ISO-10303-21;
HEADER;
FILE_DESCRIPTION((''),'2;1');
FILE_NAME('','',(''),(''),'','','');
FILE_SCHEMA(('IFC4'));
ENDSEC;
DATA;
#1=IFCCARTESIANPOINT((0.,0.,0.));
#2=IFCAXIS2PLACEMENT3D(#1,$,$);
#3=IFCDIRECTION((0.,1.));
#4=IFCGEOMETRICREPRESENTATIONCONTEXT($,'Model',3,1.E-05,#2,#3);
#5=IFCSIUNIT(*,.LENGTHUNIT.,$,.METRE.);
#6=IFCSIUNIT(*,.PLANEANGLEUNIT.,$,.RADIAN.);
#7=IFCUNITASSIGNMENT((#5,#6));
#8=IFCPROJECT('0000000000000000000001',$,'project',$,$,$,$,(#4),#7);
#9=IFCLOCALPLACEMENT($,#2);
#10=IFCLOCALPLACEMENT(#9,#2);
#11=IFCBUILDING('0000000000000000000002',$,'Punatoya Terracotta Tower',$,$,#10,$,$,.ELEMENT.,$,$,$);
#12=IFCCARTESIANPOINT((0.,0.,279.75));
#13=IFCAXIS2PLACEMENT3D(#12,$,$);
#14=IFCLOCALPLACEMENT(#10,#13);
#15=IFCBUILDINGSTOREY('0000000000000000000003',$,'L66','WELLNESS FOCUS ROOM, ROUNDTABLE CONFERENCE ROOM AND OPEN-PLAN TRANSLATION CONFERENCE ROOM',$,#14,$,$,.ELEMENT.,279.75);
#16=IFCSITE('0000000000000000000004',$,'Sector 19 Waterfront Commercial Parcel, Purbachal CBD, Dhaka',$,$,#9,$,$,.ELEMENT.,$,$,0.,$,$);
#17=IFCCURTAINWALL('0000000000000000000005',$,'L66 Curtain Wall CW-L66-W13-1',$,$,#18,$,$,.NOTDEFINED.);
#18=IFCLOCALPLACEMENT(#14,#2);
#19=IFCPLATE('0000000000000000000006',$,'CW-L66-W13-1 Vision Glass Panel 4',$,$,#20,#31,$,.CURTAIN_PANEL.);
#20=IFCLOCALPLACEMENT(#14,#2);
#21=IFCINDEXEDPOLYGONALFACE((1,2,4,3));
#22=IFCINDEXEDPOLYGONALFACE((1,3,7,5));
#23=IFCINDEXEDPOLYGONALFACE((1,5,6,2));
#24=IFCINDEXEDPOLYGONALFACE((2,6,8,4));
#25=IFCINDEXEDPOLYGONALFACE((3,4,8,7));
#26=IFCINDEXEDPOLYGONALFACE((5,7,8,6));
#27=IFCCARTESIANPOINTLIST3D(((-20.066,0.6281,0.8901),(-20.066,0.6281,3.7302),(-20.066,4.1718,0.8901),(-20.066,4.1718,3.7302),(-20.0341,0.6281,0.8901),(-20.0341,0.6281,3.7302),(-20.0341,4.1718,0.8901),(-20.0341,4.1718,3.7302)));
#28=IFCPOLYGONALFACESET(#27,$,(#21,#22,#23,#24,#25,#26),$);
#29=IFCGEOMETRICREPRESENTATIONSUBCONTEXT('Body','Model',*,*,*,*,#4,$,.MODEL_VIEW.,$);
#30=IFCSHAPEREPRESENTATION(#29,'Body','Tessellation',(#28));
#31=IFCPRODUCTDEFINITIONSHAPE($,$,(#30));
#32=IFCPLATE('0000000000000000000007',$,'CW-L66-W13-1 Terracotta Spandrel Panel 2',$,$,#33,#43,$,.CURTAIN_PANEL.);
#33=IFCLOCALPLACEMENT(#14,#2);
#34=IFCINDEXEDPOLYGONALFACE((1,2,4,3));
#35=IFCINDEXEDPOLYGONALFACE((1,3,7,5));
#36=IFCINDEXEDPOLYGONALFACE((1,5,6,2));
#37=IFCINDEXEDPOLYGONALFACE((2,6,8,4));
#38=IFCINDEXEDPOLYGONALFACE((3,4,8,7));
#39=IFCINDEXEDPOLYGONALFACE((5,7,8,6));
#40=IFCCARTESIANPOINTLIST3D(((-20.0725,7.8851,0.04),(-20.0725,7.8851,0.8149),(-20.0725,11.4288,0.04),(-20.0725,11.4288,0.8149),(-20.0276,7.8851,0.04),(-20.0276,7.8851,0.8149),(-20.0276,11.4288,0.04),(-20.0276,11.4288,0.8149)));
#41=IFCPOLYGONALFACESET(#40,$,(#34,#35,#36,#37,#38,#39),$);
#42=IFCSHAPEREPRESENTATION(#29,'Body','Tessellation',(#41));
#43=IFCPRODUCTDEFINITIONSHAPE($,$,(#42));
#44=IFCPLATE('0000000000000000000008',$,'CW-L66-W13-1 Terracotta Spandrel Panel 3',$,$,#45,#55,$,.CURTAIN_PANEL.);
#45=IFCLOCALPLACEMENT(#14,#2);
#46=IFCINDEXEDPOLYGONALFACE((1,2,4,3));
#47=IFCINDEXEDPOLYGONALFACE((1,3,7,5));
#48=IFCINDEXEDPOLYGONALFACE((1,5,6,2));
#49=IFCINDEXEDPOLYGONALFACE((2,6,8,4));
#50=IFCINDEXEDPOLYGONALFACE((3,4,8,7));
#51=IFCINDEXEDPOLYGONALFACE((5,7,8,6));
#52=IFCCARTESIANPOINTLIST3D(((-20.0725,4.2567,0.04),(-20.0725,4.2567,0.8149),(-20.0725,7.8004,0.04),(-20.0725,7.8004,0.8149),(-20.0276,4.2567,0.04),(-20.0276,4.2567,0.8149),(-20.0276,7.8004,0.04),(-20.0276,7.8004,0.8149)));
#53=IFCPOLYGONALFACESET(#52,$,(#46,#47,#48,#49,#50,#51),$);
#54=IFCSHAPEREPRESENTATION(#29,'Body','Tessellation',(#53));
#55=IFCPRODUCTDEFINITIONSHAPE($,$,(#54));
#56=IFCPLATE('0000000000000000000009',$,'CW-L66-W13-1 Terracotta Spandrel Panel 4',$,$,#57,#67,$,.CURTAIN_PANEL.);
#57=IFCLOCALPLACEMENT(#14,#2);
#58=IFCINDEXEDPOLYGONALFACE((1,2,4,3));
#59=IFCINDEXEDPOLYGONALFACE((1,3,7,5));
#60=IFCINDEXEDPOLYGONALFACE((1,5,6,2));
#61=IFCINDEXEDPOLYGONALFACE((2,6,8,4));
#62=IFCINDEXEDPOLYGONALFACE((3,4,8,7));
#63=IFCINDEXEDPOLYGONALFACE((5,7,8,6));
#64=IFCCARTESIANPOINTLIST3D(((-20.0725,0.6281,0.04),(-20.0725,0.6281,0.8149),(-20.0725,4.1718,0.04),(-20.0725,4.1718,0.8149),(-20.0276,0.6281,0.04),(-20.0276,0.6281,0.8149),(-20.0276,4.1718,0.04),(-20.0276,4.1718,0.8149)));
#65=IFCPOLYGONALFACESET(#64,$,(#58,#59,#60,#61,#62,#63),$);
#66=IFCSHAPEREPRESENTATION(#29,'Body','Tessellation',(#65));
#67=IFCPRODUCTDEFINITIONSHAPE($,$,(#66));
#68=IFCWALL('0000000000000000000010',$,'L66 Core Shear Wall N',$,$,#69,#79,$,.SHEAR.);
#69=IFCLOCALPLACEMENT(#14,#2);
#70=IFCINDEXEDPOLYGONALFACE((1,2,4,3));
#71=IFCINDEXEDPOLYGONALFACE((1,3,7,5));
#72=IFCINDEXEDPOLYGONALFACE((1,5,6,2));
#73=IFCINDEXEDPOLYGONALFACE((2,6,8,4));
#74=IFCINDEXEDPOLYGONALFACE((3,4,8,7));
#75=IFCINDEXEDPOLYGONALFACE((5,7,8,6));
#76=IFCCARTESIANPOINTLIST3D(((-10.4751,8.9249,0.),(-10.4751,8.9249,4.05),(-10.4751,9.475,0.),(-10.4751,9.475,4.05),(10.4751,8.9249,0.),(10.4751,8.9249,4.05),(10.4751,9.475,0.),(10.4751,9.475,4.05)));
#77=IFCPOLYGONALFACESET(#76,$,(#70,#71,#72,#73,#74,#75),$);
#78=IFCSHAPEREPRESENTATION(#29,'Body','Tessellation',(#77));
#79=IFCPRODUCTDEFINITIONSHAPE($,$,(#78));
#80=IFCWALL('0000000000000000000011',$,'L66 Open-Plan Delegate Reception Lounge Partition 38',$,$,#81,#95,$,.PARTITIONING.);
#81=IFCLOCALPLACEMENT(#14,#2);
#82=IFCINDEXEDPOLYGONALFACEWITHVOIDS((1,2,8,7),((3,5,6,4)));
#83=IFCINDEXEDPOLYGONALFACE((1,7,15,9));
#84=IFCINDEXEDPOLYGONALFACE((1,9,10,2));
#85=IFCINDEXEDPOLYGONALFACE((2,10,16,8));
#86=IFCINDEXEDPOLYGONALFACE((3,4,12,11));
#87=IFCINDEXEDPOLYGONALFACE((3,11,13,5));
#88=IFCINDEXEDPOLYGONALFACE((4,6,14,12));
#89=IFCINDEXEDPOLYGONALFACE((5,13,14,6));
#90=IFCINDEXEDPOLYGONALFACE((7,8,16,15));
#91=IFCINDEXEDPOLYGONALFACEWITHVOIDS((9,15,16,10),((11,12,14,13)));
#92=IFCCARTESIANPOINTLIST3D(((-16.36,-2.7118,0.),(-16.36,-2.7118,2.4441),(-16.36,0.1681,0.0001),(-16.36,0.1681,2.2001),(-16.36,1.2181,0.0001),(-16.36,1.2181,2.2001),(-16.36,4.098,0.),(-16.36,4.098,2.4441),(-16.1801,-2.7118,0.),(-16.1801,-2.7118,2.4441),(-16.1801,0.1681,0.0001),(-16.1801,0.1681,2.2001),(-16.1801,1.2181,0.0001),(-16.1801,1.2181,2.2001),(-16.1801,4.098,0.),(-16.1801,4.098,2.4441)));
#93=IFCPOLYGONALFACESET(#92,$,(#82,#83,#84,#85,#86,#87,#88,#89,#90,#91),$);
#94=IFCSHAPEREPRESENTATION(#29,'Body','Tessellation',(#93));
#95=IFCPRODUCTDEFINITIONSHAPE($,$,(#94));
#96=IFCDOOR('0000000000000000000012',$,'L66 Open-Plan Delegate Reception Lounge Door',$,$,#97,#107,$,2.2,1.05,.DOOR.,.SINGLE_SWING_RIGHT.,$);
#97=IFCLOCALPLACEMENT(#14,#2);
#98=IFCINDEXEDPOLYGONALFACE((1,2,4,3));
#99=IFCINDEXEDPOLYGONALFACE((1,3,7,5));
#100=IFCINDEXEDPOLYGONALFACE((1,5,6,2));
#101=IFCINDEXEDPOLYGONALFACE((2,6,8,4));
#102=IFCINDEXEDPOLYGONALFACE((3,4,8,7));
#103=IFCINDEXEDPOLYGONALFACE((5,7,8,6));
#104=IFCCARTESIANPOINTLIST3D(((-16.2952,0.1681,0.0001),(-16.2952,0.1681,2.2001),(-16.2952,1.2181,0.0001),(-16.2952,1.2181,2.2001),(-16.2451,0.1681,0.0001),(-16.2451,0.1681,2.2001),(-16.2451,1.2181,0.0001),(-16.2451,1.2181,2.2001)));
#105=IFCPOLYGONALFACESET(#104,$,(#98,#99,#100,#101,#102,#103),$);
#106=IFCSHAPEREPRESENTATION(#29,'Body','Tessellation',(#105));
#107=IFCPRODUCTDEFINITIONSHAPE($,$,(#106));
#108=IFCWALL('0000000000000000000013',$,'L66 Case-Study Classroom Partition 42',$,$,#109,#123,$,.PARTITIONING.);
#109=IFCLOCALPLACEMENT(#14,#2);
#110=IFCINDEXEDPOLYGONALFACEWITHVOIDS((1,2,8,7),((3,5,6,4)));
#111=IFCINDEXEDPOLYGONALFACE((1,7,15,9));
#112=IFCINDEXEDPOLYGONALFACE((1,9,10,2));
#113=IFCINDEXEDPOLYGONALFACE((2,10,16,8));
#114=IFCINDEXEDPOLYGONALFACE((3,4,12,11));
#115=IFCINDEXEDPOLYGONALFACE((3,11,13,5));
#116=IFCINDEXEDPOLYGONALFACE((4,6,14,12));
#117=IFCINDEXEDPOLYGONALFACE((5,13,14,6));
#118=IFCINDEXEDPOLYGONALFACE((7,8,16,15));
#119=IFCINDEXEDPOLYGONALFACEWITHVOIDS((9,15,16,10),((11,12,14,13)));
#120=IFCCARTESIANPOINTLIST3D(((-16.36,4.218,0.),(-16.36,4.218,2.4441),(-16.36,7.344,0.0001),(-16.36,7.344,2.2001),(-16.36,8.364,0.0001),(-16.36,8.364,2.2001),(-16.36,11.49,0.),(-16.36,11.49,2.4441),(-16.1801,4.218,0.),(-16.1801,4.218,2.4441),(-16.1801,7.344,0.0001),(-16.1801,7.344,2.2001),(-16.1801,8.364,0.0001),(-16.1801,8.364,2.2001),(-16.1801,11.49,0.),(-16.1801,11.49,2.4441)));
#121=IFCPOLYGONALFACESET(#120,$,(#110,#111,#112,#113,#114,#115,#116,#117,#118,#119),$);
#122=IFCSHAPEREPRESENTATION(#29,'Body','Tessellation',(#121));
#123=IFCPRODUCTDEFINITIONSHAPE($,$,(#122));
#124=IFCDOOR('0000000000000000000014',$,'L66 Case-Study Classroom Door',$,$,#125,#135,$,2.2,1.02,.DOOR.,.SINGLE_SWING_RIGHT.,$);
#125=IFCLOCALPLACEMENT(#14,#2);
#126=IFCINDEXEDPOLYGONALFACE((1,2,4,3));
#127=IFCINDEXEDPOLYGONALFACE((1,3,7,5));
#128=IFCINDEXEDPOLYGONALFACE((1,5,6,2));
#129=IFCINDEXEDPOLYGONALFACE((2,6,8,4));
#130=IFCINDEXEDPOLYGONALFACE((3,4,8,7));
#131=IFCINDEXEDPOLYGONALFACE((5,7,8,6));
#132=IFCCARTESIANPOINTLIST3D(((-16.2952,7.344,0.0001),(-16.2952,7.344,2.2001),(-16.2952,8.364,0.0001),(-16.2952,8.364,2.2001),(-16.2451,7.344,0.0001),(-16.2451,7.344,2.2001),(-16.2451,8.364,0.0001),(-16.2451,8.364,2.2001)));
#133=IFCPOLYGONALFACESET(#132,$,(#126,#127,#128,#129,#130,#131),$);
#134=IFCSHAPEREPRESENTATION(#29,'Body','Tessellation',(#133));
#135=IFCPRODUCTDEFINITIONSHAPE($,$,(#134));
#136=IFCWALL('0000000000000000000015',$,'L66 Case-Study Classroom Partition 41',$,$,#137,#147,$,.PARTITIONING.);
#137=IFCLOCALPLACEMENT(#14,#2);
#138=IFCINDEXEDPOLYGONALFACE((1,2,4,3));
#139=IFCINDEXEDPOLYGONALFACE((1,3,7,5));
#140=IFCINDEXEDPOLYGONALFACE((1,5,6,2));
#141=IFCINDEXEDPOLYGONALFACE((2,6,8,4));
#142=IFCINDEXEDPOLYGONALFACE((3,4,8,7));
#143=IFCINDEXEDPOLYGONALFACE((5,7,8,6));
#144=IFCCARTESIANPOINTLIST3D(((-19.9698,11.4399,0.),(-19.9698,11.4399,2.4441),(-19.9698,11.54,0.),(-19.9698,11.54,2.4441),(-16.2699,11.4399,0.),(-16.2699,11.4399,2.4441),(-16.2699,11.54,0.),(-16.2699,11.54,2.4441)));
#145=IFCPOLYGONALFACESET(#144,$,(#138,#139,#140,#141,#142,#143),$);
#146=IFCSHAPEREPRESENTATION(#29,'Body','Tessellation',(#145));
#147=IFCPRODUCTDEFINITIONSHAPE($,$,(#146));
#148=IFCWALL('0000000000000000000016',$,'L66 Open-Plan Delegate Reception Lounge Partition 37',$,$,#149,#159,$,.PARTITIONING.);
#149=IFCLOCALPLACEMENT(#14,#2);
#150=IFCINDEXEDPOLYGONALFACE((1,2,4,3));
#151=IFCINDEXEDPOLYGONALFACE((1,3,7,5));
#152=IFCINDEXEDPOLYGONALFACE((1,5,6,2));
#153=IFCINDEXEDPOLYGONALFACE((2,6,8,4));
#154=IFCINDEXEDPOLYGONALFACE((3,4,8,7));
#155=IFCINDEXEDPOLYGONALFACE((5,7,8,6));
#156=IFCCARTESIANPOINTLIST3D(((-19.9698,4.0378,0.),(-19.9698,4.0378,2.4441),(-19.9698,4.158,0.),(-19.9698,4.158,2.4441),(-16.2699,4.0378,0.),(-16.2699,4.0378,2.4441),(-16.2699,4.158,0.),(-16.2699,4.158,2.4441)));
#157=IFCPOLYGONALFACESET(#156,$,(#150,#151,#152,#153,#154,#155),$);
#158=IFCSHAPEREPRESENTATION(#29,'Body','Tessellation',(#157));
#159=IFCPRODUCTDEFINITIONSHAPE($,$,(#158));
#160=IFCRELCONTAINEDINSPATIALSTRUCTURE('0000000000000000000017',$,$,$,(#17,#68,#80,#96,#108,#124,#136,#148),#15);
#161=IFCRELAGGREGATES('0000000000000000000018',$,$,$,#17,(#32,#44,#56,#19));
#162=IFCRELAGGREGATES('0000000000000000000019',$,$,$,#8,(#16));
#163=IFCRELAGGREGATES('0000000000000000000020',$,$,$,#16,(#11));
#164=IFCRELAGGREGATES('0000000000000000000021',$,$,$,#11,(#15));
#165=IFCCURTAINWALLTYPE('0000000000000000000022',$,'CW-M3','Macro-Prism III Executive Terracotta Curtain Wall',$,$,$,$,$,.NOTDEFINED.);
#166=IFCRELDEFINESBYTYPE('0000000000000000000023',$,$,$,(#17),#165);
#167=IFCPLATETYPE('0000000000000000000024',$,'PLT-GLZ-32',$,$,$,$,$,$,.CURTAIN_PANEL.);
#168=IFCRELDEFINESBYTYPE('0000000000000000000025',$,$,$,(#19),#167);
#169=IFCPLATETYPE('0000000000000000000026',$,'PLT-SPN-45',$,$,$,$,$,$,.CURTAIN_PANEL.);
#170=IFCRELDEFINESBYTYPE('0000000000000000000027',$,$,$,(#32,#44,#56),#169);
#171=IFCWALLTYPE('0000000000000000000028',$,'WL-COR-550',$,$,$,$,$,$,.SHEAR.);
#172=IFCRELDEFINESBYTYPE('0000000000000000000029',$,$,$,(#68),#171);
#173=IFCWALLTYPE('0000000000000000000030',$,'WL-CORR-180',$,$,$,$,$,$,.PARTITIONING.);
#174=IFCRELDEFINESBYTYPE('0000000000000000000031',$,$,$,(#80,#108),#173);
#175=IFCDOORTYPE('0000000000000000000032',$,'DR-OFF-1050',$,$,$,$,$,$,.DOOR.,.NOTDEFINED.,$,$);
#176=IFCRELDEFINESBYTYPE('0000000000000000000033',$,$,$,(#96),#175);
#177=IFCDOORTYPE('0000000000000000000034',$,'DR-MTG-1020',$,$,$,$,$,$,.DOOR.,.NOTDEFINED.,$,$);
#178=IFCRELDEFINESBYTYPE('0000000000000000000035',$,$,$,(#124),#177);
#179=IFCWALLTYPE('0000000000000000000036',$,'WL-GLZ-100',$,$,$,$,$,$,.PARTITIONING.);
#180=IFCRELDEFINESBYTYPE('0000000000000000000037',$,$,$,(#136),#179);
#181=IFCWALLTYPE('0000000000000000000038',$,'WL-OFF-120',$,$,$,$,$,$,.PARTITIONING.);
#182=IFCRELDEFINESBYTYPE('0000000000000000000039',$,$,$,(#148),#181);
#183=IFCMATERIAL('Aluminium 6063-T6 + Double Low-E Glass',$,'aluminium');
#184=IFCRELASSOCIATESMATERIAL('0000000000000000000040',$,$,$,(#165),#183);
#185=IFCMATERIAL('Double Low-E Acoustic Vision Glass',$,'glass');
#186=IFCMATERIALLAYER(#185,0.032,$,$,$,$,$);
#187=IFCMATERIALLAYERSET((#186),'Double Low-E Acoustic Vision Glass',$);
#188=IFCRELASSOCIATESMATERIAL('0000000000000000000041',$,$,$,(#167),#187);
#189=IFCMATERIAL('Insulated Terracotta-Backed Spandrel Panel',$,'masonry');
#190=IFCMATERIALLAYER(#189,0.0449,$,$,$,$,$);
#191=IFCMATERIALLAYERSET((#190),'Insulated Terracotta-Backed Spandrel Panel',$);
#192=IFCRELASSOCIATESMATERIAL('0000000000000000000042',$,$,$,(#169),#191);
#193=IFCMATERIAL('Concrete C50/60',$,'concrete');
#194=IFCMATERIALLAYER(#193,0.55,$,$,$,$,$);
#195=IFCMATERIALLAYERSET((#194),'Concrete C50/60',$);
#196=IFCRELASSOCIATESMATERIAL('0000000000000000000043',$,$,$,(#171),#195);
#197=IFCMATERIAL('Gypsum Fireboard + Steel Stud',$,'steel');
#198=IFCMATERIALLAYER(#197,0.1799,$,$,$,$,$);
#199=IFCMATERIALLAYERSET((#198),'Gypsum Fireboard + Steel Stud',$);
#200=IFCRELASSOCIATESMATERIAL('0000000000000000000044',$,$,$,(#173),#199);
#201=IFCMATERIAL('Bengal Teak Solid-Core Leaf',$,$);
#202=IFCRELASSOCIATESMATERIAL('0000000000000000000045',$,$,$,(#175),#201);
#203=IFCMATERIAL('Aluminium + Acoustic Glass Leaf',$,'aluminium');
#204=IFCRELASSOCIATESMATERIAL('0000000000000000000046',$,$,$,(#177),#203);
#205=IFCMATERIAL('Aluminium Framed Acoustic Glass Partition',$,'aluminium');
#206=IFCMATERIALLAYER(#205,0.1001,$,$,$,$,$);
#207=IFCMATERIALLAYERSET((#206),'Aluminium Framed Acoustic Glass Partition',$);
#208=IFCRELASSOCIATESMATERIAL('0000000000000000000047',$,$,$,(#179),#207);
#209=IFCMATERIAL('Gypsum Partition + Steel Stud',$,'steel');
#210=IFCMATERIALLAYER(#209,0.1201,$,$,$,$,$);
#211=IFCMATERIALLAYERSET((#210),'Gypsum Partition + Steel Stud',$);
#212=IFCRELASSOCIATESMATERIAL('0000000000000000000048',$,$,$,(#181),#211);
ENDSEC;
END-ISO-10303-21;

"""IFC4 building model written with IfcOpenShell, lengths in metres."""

from ifc_helpers import new_model, si_unit, direction, frame, frame_2d, origin, origin_2d, place, context, subcontext, project, spatial, rectangle, extrude, material, layer, layer_set, type_object, element, fill, aggregate, save


model = new_model("IFC4")

# Units and contexts
model_context = context("Model", 3, precision=1e-05, world=origin(), true_north=direction((0.0, 1.0)))
body_context = subcontext(model_context, "Body", "Model", "MODEL_VIEW")
ifc_project = project(units=[si_unit("LENGTHUNIT", "METRE"), si_unit("PLANEANGLEUNIT", "RADIAN")], contexts=[model_context])

# Site, building, storey
site_placement = place(None, origin())
site = spatial("IfcSite", under=ifc_project, at=site_placement, Name="Sector 19 Waterfront Commercial Parcel, Purbachal CBD, Dhaka", CompositionType="ELEMENT", RefElevation=0.0)
building_placement = place(site_placement, origin())
building = spatial("IfcBuilding", under=site, at=building_placement, Name="Punatoya Terracotta Tower", CompositionType="ELEMENT")
storey_placement = place(building_placement, frame((0.0, 0.0, 279.75)))
storey = spatial("IfcBuildingStorey", under=building, at=storey_placement, Name="L66", Description="WELLNESS FOCUS ROOM, ROUNDTABLE CONFERENCE ROOM AND OPEN-PLAN TRANSLATION CONFERENCE ROOM", CompositionType="ELEMENT", Elevation=279.75)

# Curtain wall, plates
ifc_material_1 = material(Name="Aluminium 6063-T6 + Double Low-E Glass", Category="aluminium")
curtain_wall_type = type_object("IfcCurtainWallType", Name="CW-M3", Description="Macro-Prism III Executive Terracotta Curtain Wall", PredefinedType="NOTDEFINED", material=ifc_material_1)
curtain_wall_placement = place(storey_placement, origin())
curtain_wall = element("IfcCurtainWall", 1, at=curtain_wall_placement, inside=storey, type_object=curtain_wall_type, Name="L66 Curtain Wall CW-L66-W13-1", PredefinedType="NOTDEFINED")
ifc_material_2 = material(Name="Double Low-E Acoustic Vision Glass", Category="glass")
ifc_layer_1 = layer(ifc_material_2, 0.032)
ifc_layer_set_1 = layer_set([ifc_layer_1], Name="Double Low-E Acoustic Vision Glass")
plate_type_1 = type_object("IfcPlateType", Name="PLT-GLZ-32", PredefinedType="CURTAIN_PANEL", material=ifc_layer_set_1)
plate_1_placement = place(storey_placement, frame((-20.05, 2.3999, 0.8901), z_axis=(0.0, 0.0, 1.0), x_axis=(0.0, -1.0, 0.0)))
plate_1 = element("IfcPlate", 2, at=plate_1_placement, type_object=plate_type_1, Name="CW-L66-W13-1 Vision Glass Panel 4", PredefinedType="CURTAIN_PANEL", context=body_context, shape_type="SweptSolid", body=[
    extrude(rectangle(XDim=3.5437, YDim=0.032, at=origin_2d()), origin(), (0.0, 0.0, 1.0), 2.8401),
])
ifc_material_3 = material(Name="Insulated Terracotta-Backed Spandrel Panel", Category="masonry")
ifc_layer_2 = layer(ifc_material_3, 0.0449)
ifc_layer_set_2 = layer_set([ifc_layer_2], Name="Insulated Terracotta-Backed Spandrel Panel")
plate_type_2 = type_object("IfcPlateType", Name="PLT-SPN-45", PredefinedType="CURTAIN_PANEL", material=ifc_layer_set_2)
plate_2_placement = place(storey_placement, frame((-20.05, 9.657, 0.04), z_axis=(0.0, 0.0, 1.0), x_axis=(0.0, -1.0, 0.0)))
plate_2 = element("IfcPlate", 3, at=plate_2_placement, type_object=plate_type_2, Name="CW-L66-W13-1 Terracotta Spandrel Panel 2", PredefinedType="CURTAIN_PANEL", context=body_context, shape_type="SweptSolid", body=[
    extrude(rectangle(XDim=3.5437, YDim=0.0449, at=origin_2d()), origin(), (0.0, 0.0, 1.0), 0.7749),
])
plate_3_placement = place(storey_placement, frame((-20.05, 6.0286, 0.04), z_axis=(0.0, 0.0, 1.0), x_axis=(0.0, -1.0, 0.0)))
plate_3 = element("IfcPlate", 4, at=plate_3_placement, type_object=plate_type_2, Name="CW-L66-W13-1 Terracotta Spandrel Panel 3", PredefinedType="CURTAIN_PANEL", context=body_context, shape_type="SweptSolid", body=[
    extrude(rectangle(XDim=3.5437, YDim=0.0449, at=origin_2d()), origin(), (0.0, 0.0, 1.0), 0.7749),
])
plate_4_placement = place(storey_placement, frame((-20.05, 2.3999, 0.04), z_axis=(0.0, 0.0, 1.0), x_axis=(0.0, -1.0, 0.0)))
plate_4 = element("IfcPlate", 5, at=plate_4_placement, type_object=plate_type_2, Name="CW-L66-W13-1 Terracotta Spandrel Panel 4", PredefinedType="CURTAIN_PANEL", context=body_context, shape_type="SweptSolid", body=[
    extrude(rectangle(XDim=3.5437, YDim=0.0449, at=origin_2d()), origin(), (0.0, 0.0, 1.0), 0.7749),
])
aggregate(curtain_wall, [plate_2, plate_3, plate_4, plate_1])

# Wall
ifc_material_4 = material(Name="Concrete C50/60", Category="concrete")
ifc_layer_3 = layer(ifc_material_4, 0.55)
ifc_layer_set_3 = layer_set([ifc_layer_3], Name="Concrete C50/60")
wall_type_1 = type_object("IfcWallType", Name="WL-COR-550", PredefinedType="SHEAR", material=ifc_layer_set_3)
wall_1_placement = place(storey_placement, frame((-10.4751, 9.2, 0.0), z_axis=(0.0, 0.0, 1.0), x_axis=(1.0, 0.0, 0.0)))
element("IfcWall", 6, at=wall_1_placement, inside=storey, type_object=wall_type_1, Name="L66 Core Shear Wall N", PredefinedType="SHEAR", context=body_context, shape_type="SweptSolid", body=[
    extrude(rectangle(XDim=20.9502, YDim=0.55, at=frame_2d((10.4751, 0.0))), origin(), (0.0, 0.0, 1.0), 4.05),
])

# Walls, openings, doors
ifc_material_5 = material(Name="Gypsum Fireboard + Steel Stud", Category="steel")
ifc_layer_4 = layer(ifc_material_5, 0.1799)
ifc_layer_set_4 = layer_set([ifc_layer_4], Name="Gypsum Fireboard + Steel Stud")
wall_type_2 = type_object("IfcWallType", Name="WL-CORR-180", PredefinedType="PARTITIONING", material=ifc_layer_set_4)
wall_2_placement = place(storey_placement, frame((-16.27, 4.0979, 0.0), z_axis=(0.0, 0.0, 1.0), x_axis=(0.0, -1.0, 0.0)))
wall_2 = element("IfcWall", 7, at=wall_2_placement, inside=storey, type_object=wall_type_2, Name="L66 Open-Plan Delegate Reception Lounge Partition 38", PredefinedType="PARTITIONING", context=body_context, shape_type="SweptSolid", body=[
    extrude(rectangle(XDim=6.8098, YDim=0.1799, at=frame_2d((3.4048, 0.0))), origin(), (0.0, 0.0, 1.0), 2.4441),
])
opening_1_placement = place(wall_2_placement, frame((2.8799, 0.0, 0.0)))
opening_1 = element("IfcOpeningElement", 8, at=opening_1_placement, cuts=wall_2, PredefinedType="OPENING", context=body_context, shape_type="SweptSolid", body=[
    extrude(rectangle(XDim=1.05, YDim=2.2, at=frame_2d((0.5249, 1.1001))), frame((0.0, 0.0999, 0.0), z_axis=(0.0, -1.0, 0.0), x_axis=(1.0, 0.0, 0.0)), (0.0, 0.0, 1.0), 0.2),
])
ifc_material_6 = material(Name="Bengal Teak Solid-Core Leaf")
door_type_1 = type_object("IfcDoorType", Name="DR-OFF-1050", OperationType="NOTDEFINED", PredefinedType="DOOR", material=ifc_material_6)
door_1_placement = place(opening_1_placement, origin())
door_1 = element("IfcDoor", 9, at=door_1_placement, inside=storey, type_object=door_type_1, Name="L66 Open-Plan Delegate Reception Lounge Door", OperationType="SINGLE_SWING_RIGHT", OverallHeight=2.2, OverallWidth=1.05, PredefinedType="DOOR", context=body_context, shape_type="SweptSolid", body=[
    extrude(rectangle(XDim=1.05, YDim=2.2, at=frame_2d((0.5249, 1.1001))), frame((0.0, 0.0249, 0.0), z_axis=(0.0, -1.0, 0.0), x_axis=(1.0, 0.0, 0.0)), (0.0, 0.0, 1.0), 0.05),
])
fill(opening_1, door_1)
wall_3_placement = place(storey_placement, frame((-16.27, 11.49, 0.0), z_axis=(0.0, 0.0, 1.0), x_axis=(0.0, -1.0, 0.0)))
wall_3 = element("IfcWall", 10, at=wall_3_placement, inside=storey, type_object=wall_type_2, Name="L66 Case-Study Classroom Partition 42", PredefinedType="PARTITIONING", context=body_context, shape_type="SweptSolid", body=[
    extrude(rectangle(XDim=7.272, YDim=0.1799, at=frame_2d((3.636, 0.0))), origin(), (0.0, 0.0, 1.0), 2.4441),
])
opening_2_placement = place(wall_3_placement, frame((3.126, 0.0, 0.0)))
opening_2 = element("IfcOpeningElement", 11, at=opening_2_placement, cuts=wall_3, PredefinedType="OPENING", context=body_context, shape_type="SweptSolid", body=[
    extrude(rectangle(XDim=1.02, YDim=2.2, at=frame_2d((0.51, 1.1001))), frame((0.0, 0.0999, 0.0), z_axis=(0.0, -1.0, 0.0), x_axis=(1.0, 0.0, 0.0)), (0.0, 0.0, 1.0), 0.2),
])
ifc_material_7 = material(Name="Aluminium + Acoustic Glass Leaf", Category="aluminium")
door_type_2 = type_object("IfcDoorType", Name="DR-MTG-1020", OperationType="NOTDEFINED", PredefinedType="DOOR", material=ifc_material_7)
door_2_placement = place(opening_2_placement, origin())
door_2 = element("IfcDoor", 12, at=door_2_placement, inside=storey, type_object=door_type_2, Name="L66 Case-Study Classroom Door", OperationType="SINGLE_SWING_RIGHT", OverallHeight=2.2, OverallWidth=1.02, PredefinedType="DOOR", context=body_context, shape_type="SweptSolid", body=[
    extrude(rectangle(XDim=1.02, YDim=2.2, at=frame_2d((0.51, 1.1001))), frame((0.0, 0.0249, 0.0), z_axis=(0.0, -1.0, 0.0), x_axis=(1.0, 0.0, 0.0)), (0.0, 0.0, 1.0), 0.05),
])
fill(opening_2, door_2)

# Walls
ifc_material_8 = material(Name="Aluminium Framed Acoustic Glass Partition", Category="aluminium")
ifc_layer_5 = layer(ifc_material_8, 0.1001)
ifc_layer_set_5 = layer_set([ifc_layer_5], Name="Aluminium Framed Acoustic Glass Partition")
wall_type_3 = type_object("IfcWallType", Name="WL-GLZ-100", PredefinedType="PARTITIONING", material=ifc_layer_set_5)
wall_4_placement = place(storey_placement, frame((-19.97, 11.49, 0.0), z_axis=(0.0, 0.0, 1.0), x_axis=(1.0, 0.0, 0.0)))
element("IfcWall", 13, at=wall_4_placement, inside=storey, type_object=wall_type_3, Name="L66 Case-Study Classroom Partition 41", PredefinedType="PARTITIONING", context=body_context, shape_type="SweptSolid", body=[
    extrude(rectangle(XDim=3.7, YDim=0.1001, at=frame_2d((1.8501, 0.0))), origin(), (0.0, 0.0, 1.0), 2.4441),
])
ifc_material_9 = material(Name="Gypsum Partition + Steel Stud", Category="steel")
ifc_layer_6 = layer(ifc_material_9, 0.1201)
ifc_layer_set_6 = layer_set([ifc_layer_6], Name="Gypsum Partition + Steel Stud")
wall_type_4 = type_object("IfcWallType", Name="WL-OFF-120", PredefinedType="PARTITIONING", material=ifc_layer_set_6)
wall_5_placement = place(storey_placement, frame((-19.97, 4.0979, 0.0), z_axis=(0.0, 0.0, 1.0), x_axis=(1.0, 0.0, 0.0)))
element("IfcWall", 14, at=wall_5_placement, inside=storey, type_object=wall_type_4, Name="L66 Open-Plan Delegate Reception Lounge Partition 37", PredefinedType="PARTITIONING", context=body_context, shape_type="SweptSolid", body=[
    extrude(rectangle(XDim=3.7, YDim=0.1201, at=frame_2d((1.8501, 0.0))), origin(), (0.0, 0.0, 1.0), 2.4441),
])

save(model, "model.ifc")
